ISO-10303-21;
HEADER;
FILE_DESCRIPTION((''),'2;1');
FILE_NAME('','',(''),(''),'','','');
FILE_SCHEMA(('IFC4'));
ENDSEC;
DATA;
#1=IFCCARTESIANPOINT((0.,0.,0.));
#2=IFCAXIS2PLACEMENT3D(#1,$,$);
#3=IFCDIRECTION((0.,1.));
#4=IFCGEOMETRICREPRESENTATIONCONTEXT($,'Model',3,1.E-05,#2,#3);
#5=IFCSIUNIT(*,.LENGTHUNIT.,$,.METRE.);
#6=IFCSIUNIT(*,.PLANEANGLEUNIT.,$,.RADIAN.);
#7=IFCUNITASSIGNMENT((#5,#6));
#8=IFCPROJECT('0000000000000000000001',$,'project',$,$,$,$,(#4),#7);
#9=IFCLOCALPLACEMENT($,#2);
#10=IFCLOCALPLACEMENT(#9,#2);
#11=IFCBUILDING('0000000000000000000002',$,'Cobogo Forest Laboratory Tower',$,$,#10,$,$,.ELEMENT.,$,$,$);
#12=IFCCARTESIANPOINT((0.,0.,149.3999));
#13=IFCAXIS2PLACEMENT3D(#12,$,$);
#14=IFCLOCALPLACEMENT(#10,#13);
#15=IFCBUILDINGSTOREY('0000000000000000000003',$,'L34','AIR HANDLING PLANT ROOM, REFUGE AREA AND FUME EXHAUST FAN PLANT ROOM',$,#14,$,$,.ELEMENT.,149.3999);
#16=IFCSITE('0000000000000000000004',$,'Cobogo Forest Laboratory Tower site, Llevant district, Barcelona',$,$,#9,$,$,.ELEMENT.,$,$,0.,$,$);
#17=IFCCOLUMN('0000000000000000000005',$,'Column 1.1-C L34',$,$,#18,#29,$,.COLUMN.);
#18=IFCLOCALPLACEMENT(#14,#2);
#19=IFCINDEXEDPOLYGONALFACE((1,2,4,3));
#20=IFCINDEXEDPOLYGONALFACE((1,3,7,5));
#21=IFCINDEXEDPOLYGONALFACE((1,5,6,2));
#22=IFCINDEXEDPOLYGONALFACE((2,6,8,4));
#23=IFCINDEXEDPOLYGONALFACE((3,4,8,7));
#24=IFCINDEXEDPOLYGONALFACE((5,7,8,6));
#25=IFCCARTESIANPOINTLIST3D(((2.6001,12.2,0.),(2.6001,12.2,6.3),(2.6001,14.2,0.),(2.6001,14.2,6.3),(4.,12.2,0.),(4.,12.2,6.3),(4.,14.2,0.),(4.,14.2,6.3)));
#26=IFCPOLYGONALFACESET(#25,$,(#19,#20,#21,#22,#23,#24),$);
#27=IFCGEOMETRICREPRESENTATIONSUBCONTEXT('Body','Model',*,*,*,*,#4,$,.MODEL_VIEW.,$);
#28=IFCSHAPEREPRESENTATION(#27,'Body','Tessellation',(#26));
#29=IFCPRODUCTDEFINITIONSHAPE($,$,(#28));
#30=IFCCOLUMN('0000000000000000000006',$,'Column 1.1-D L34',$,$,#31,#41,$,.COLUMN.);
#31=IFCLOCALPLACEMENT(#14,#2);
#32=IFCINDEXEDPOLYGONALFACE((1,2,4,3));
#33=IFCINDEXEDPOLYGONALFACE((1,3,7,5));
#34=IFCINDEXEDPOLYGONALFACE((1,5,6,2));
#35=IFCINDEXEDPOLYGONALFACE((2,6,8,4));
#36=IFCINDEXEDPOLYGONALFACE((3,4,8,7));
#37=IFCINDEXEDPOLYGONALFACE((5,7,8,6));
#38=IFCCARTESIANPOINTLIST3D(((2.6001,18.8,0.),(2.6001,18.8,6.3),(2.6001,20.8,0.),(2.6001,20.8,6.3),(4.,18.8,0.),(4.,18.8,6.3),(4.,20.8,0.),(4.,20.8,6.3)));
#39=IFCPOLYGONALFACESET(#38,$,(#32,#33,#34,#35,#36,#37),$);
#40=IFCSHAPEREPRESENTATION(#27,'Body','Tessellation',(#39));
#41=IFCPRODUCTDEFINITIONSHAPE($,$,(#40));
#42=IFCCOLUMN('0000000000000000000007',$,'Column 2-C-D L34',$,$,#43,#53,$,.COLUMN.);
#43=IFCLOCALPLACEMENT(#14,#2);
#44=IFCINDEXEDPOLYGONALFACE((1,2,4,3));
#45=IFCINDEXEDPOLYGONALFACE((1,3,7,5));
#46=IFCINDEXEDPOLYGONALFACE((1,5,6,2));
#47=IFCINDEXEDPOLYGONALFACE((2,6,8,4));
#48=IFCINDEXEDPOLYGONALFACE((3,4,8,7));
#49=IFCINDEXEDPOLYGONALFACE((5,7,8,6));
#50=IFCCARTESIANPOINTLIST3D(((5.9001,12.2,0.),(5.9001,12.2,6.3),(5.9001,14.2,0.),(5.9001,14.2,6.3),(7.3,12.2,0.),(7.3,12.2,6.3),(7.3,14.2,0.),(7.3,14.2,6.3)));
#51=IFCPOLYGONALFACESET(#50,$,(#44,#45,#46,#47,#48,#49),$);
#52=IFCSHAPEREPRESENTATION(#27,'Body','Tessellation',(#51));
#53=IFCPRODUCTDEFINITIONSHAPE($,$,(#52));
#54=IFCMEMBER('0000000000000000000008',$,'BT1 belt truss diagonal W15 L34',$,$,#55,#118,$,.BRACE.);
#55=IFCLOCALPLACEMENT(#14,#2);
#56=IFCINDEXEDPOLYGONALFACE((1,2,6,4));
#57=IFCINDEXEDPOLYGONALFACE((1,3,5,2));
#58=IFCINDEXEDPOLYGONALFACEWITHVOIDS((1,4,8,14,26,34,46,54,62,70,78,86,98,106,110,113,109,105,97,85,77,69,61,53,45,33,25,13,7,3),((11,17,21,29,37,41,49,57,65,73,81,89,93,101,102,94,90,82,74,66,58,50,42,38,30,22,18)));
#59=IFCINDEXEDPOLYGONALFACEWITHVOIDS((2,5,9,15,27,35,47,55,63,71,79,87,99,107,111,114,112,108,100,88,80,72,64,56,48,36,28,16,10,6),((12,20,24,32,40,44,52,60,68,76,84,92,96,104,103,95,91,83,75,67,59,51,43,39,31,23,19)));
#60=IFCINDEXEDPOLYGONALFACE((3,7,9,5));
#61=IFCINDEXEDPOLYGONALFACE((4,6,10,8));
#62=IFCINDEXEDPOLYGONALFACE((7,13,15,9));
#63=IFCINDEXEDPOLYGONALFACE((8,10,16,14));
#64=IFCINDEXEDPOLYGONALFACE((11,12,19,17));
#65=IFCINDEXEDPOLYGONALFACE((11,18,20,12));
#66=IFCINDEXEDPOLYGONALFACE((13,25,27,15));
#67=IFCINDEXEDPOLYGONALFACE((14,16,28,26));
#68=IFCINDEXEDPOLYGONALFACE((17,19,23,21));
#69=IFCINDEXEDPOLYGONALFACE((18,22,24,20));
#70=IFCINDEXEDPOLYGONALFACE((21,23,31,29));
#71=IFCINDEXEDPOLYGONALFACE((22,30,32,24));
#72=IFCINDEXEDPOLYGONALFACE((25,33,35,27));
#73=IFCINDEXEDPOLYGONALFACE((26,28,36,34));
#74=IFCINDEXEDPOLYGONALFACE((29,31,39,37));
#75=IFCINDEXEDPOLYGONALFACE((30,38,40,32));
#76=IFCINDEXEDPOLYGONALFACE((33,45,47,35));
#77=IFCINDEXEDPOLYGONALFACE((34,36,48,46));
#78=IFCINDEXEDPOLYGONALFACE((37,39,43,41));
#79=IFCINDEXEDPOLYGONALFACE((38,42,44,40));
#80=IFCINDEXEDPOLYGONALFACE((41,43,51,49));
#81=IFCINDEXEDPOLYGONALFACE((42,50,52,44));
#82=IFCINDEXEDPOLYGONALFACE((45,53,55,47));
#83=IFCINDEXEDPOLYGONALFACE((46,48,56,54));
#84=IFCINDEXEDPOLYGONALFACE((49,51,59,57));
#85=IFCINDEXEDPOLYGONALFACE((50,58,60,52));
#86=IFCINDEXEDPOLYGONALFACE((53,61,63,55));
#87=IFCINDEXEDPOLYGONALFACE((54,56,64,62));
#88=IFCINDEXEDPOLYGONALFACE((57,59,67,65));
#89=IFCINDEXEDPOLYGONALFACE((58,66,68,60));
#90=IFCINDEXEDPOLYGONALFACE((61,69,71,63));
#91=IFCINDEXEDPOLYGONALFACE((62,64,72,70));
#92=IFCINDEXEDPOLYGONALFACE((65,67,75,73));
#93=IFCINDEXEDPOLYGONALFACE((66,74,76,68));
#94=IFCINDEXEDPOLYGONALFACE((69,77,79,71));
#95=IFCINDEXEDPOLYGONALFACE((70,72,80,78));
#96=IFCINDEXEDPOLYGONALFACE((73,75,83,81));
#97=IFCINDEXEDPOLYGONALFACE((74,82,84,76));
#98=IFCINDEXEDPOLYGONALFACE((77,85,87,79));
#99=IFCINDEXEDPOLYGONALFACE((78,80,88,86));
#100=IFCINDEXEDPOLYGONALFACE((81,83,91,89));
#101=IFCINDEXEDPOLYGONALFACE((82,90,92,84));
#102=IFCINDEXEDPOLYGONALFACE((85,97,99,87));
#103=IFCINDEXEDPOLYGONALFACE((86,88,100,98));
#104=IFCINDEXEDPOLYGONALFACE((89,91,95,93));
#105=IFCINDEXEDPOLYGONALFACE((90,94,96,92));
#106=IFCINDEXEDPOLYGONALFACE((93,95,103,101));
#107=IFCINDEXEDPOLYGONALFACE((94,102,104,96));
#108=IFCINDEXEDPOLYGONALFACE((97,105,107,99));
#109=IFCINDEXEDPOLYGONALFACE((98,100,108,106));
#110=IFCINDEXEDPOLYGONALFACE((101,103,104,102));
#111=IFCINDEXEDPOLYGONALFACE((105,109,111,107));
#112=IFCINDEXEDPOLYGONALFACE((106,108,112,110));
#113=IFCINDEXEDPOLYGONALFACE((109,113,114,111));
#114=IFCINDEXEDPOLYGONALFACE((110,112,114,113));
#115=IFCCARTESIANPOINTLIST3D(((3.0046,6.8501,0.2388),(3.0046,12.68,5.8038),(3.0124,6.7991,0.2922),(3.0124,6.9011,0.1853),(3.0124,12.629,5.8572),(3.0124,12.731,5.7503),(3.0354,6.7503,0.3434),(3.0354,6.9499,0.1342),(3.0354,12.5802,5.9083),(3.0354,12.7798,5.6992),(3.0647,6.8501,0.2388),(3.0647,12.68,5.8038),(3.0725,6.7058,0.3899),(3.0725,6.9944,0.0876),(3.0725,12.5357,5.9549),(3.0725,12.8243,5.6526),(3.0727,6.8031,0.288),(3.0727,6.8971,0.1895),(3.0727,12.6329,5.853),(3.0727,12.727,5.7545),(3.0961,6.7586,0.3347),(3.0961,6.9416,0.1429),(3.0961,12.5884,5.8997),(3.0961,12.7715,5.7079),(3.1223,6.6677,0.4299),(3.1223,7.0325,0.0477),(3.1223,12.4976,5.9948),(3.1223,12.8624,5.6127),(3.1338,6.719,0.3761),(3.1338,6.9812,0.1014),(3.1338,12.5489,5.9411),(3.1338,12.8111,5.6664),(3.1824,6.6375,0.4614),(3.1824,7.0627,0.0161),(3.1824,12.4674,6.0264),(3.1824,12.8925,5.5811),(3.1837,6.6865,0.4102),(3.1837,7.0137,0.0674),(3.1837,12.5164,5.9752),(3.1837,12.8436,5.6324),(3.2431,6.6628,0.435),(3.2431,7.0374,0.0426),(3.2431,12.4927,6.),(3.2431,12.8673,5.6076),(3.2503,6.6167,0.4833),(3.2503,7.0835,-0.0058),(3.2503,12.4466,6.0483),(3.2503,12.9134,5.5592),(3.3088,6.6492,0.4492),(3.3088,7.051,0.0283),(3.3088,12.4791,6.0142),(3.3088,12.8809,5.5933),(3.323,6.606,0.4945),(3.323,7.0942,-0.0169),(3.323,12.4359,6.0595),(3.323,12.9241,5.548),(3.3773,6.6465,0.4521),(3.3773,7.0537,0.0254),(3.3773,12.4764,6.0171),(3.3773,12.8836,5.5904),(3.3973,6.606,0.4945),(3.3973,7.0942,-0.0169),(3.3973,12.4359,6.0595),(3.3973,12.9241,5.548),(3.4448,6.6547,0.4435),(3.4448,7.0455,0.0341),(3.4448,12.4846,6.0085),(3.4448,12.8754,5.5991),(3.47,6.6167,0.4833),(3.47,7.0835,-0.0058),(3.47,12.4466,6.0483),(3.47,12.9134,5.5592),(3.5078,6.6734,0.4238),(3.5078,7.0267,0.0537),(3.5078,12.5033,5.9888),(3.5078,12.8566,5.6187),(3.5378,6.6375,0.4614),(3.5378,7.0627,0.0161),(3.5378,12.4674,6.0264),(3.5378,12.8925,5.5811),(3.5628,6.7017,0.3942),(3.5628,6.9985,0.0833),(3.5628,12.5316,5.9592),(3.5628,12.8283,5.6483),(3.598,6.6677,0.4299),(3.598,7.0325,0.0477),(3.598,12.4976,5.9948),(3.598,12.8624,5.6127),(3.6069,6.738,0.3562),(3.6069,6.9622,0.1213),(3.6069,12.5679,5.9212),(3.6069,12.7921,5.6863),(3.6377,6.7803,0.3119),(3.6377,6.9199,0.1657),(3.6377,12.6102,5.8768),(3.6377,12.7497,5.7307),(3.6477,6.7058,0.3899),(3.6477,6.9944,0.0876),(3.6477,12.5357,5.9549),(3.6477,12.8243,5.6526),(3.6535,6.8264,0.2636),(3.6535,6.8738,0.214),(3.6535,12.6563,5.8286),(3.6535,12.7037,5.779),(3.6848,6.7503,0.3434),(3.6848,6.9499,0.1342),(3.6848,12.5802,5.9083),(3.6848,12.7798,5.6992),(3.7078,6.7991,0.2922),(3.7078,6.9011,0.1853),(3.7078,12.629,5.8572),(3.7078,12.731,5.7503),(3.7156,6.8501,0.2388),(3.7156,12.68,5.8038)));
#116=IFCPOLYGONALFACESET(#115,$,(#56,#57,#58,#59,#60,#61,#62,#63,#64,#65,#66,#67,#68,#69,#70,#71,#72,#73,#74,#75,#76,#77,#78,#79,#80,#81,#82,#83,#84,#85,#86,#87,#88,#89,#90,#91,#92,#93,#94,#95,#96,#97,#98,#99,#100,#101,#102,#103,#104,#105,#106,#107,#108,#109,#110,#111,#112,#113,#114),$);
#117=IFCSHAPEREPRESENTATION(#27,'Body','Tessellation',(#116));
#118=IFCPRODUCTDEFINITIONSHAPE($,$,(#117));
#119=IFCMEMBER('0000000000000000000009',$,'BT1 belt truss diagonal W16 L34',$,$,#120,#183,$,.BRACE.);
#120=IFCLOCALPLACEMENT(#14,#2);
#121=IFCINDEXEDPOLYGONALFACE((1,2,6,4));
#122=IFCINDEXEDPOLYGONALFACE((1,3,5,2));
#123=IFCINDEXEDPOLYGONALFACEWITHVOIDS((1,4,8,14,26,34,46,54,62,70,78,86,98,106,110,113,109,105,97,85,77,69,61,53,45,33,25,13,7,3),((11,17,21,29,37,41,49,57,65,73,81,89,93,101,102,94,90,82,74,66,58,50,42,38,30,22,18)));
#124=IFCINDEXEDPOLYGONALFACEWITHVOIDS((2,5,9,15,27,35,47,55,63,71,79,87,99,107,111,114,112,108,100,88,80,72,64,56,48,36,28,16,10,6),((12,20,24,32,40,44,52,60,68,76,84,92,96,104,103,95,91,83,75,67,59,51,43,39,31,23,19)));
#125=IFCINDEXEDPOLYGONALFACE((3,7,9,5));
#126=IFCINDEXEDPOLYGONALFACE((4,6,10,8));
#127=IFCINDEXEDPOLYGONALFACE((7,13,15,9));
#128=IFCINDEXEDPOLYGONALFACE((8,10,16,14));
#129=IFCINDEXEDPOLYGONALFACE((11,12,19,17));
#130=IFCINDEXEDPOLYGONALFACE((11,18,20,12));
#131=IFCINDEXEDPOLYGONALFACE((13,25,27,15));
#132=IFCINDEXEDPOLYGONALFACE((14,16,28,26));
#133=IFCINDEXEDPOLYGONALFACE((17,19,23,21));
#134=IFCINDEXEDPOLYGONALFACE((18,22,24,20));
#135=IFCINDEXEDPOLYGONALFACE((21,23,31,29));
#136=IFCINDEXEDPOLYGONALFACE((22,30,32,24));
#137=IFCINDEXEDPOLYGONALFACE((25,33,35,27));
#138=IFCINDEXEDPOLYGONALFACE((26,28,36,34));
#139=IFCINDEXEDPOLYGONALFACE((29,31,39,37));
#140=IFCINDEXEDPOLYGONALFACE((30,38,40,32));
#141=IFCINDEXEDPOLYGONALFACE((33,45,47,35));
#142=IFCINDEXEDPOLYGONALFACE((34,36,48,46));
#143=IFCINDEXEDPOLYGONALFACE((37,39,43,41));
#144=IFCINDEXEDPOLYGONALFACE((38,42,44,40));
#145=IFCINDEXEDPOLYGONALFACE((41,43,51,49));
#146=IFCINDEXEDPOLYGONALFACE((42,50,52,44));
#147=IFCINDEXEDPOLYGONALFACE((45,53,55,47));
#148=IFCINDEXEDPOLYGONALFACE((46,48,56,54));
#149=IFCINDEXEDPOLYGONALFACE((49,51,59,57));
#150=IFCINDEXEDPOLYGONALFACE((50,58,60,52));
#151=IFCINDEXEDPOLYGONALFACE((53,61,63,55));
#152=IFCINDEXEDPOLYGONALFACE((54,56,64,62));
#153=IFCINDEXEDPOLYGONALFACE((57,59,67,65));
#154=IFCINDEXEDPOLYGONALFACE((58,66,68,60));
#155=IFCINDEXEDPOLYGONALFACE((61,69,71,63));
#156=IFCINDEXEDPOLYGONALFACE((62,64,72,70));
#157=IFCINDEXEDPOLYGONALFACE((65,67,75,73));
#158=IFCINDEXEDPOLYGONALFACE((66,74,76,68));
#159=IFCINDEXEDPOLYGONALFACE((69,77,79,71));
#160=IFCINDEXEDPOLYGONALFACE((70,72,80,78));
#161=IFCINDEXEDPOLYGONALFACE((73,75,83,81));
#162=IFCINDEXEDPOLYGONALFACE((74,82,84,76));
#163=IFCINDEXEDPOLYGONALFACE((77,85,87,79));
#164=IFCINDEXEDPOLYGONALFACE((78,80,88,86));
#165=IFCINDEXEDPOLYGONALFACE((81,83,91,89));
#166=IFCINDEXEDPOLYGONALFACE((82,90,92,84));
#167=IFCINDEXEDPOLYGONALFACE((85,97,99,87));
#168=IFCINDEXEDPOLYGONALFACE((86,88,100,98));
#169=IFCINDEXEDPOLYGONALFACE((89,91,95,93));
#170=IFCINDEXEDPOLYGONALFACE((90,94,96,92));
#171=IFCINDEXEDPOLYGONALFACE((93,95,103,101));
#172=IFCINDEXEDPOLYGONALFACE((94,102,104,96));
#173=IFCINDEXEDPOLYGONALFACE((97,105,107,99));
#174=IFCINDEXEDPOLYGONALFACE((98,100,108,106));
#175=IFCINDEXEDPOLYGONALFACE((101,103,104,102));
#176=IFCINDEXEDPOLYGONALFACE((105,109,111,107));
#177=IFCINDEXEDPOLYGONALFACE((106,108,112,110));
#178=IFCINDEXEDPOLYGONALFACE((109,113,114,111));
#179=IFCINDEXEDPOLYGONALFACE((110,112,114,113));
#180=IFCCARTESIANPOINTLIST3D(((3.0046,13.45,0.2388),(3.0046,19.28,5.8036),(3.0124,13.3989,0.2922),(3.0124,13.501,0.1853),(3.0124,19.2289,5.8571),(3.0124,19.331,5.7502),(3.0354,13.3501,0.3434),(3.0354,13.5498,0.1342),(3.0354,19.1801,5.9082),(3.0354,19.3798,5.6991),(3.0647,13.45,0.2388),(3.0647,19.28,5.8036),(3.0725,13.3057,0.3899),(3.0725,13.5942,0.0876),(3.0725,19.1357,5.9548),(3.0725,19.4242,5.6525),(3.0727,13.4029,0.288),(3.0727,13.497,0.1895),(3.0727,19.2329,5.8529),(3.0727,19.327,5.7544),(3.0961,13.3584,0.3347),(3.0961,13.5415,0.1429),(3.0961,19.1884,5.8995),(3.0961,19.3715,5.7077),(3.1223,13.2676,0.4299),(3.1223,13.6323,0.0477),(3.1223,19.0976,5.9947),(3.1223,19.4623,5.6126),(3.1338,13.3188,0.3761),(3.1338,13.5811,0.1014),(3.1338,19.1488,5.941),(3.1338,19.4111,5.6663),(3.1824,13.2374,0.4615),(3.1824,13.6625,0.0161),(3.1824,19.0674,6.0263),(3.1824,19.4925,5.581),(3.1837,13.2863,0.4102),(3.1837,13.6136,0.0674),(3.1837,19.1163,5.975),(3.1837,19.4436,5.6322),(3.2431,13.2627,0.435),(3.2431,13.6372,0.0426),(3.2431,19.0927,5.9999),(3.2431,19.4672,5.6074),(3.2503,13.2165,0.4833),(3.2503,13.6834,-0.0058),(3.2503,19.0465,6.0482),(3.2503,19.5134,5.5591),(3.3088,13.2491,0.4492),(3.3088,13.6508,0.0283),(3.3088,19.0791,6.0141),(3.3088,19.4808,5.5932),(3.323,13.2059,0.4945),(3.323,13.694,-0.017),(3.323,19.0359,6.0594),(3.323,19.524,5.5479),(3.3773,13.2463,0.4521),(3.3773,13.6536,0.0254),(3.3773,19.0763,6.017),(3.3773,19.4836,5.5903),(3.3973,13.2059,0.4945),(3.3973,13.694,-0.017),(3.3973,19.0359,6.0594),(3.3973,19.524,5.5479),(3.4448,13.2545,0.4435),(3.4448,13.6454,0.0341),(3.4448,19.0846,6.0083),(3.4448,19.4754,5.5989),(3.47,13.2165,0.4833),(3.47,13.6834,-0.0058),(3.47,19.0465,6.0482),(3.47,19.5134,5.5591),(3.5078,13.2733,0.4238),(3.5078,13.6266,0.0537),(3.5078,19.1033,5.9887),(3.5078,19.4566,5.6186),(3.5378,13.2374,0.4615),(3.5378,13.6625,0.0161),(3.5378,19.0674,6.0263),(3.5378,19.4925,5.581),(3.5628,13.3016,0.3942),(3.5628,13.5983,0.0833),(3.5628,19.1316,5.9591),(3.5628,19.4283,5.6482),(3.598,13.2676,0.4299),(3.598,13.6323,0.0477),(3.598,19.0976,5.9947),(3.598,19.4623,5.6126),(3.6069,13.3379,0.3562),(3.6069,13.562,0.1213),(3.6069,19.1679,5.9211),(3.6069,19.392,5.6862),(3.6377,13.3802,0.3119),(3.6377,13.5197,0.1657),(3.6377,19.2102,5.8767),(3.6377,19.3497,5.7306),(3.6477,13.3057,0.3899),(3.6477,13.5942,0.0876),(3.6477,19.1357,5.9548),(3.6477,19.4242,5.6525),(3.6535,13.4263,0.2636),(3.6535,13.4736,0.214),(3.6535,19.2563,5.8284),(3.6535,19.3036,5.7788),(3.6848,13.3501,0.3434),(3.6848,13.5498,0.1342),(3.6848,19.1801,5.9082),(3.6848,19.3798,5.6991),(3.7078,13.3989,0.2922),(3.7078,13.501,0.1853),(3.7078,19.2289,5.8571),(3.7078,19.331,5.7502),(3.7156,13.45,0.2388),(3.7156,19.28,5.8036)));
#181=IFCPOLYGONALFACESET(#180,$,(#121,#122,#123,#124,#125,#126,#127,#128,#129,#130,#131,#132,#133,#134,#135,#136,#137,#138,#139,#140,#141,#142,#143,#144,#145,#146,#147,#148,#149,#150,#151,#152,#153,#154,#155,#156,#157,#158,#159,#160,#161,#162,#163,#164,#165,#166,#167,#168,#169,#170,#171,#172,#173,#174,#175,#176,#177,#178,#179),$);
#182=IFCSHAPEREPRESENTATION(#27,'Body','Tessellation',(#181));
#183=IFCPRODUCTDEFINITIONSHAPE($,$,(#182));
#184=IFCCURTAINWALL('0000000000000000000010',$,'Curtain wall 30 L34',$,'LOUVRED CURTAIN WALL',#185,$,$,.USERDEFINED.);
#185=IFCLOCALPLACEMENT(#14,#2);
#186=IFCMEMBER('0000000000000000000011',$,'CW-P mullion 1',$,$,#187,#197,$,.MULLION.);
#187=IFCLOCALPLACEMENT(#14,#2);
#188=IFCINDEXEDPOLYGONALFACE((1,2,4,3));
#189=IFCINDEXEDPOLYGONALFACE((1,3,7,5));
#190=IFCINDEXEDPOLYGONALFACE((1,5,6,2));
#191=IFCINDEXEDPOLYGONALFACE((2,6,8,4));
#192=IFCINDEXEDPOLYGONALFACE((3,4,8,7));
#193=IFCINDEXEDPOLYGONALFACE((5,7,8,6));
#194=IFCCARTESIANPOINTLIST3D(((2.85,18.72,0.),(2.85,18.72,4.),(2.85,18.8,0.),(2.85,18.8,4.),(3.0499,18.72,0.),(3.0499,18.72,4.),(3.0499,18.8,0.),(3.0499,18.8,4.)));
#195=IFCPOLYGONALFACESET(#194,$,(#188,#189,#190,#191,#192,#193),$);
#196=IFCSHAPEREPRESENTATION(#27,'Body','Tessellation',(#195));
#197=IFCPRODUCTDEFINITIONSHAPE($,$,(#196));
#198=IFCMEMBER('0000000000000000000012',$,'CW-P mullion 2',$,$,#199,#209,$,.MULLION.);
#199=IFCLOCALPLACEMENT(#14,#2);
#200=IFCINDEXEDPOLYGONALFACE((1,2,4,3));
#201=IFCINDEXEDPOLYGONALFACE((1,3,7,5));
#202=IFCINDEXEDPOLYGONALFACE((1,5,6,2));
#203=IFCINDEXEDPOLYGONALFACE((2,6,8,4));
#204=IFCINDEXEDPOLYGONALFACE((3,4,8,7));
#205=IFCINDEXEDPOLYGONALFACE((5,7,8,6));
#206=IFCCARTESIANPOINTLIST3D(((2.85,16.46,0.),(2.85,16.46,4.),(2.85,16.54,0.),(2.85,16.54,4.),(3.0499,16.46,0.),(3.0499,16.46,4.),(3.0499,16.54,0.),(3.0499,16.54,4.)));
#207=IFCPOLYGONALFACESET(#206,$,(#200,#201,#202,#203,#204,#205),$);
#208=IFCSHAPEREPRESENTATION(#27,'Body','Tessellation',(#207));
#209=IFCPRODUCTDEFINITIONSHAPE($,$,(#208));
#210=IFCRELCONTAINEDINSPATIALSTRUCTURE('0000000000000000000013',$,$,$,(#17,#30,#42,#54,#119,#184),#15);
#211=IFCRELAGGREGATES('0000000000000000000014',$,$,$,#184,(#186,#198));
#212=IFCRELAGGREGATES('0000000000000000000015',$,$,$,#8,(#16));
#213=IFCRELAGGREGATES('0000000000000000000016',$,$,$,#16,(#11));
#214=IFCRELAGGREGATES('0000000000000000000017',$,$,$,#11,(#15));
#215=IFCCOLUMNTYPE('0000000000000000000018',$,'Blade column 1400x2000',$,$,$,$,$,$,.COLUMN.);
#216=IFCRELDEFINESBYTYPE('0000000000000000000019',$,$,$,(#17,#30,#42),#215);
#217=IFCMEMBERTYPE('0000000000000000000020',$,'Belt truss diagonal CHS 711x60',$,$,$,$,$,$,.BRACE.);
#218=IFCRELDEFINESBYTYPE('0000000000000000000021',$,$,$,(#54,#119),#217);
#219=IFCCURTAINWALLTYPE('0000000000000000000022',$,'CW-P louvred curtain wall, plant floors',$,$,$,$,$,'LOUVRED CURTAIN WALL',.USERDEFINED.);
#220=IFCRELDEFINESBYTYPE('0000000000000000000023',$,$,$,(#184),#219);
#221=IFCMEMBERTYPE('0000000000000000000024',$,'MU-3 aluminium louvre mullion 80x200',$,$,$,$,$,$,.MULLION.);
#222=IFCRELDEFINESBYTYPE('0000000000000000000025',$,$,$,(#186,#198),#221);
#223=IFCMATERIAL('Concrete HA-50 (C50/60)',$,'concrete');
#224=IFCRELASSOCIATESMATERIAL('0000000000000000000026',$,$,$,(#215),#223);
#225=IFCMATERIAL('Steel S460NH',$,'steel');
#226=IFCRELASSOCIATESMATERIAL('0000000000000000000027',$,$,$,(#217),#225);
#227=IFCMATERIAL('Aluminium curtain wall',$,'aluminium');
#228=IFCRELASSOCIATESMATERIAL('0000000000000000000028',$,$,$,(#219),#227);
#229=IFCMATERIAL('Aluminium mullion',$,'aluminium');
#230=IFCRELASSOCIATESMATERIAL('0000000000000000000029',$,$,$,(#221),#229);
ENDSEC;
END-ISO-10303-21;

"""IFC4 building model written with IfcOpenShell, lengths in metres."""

from ifc_helpers import new_model, si_unit, direction, frame, origin, origin_2d, place, context, subcontext, project, spatial, rectangle, hollow_circle, extrude, material, material_profile, profile_set, type_object, element, aggregate, save


model = new_model("IFC4")

# Units and contexts
model_context = context("Model", 3, precision=1e-05, world=origin(), true_north=direction((0.0, 1.0)))
body_context = subcontext(model_context, "Body", "Model", "MODEL_VIEW")
ifc_project = project(units=[si_unit("LENGTHUNIT", "METRE"), si_unit("PLANEANGLEUNIT", "RADIAN")], contexts=[model_context])

# Site, building, storey
site_placement = place(None, origin())
site = spatial("IfcSite", under=ifc_project, at=site_placement, Name="Cobogo Forest Laboratory Tower site, Llevant district, Barcelona", CompositionType="ELEMENT", RefElevation=0.0)
building_placement = place(site_placement, origin())
building = spatial("IfcBuilding", under=site, at=building_placement, Name="Cobogo Forest Laboratory Tower", CompositionType="ELEMENT")
storey_placement = place(building_placement, frame((0.0, 0.0, 149.3999)))
storey = spatial("IfcBuildingStorey", under=building, at=storey_placement, Name="L34", Description="AIR HANDLING PLANT ROOM, REFUGE AREA AND FUME EXHAUST FAN PLANT ROOM", CompositionType="ELEMENT", Elevation=149.3999)

# Columns
ifc_material_1 = material(Name="Concrete HA-50 (C50/60)", Category="concrete")
ifc_material_profile_1 = material_profile(ifc_material_1, rectangle(XDim=2.0, YDim=1.3999, at=origin_2d()), Name="RC 1400x2000")
ifc_profile_set_1 = profile_set([ifc_material_profile_1], Name="Concrete HA-50 (C50/60)")
column_type = type_object("IfcColumnType", Name="Blade column 1400x2000", PredefinedType="COLUMN", material=ifc_profile_set_1)
for number, where, z_axis, x_axis, name in (
    (1, (3.3, 13.2, 0.0), (0.0, 0.0, 1.0), (0.0, 1.0, 0.0), "Column 1.1-C L34"),
    (2, (3.3, 19.8, 0.0), (0.0, 0.0, 1.0), (0.0, 1.0, 0.0), "Column 1.1-D L34"),
    (3, (6.6001, 13.2, 0.0), (0.0, 0.0, 1.0), (0.0, 1.0, 0.0), "Column 2-C-D L34"),
):
    element("IfcColumn", number, at=place(storey_placement, frame(where, z_axis=z_axis, x_axis=x_axis)), inside=storey, type_object=column_type, Name=name, PredefinedType="COLUMN", context=body_context, shape_type="SweptSolid", body=[
        extrude(rectangle(XDim=2.0, YDim=1.3999, at=origin_2d()), origin(), (0.0, 0.0, 1.0), 6.3),
    ])

# Members
ifc_material_2 = material(Name="Steel S460NH", Category="steel")
ifc_material_profile_2 = material_profile(ifc_material_2, hollow_circle(Radius=0.3555, WallThickness=0.0601, at=origin_2d()), Name="CHS 711x60")
ifc_profile_set_2 = profile_set([ifc_material_profile_2], Name="Steel S460NH")
member_type_1 = type_object("IfcMemberType", Name="Belt truss diagonal CHS 711x60", PredefinedType="BRACE", material=ifc_profile_set_2)
for number, where, z_axis, x_axis, name in (
    (4, (3.3601, 6.8501, 0.2388), (0.0, 0.723349, 0.690482), (-1.0, 0.0, 0.0), "BT1 belt truss diagonal W15 L34"),
    (5, (3.3601, 13.45, 0.2388), (0.0, 0.723364, 0.690467), (-1.0, 0.0, 0.0), "BT1 belt truss diagonal W16 L34"),
):
    element("IfcMember", number, at=place(storey_placement, frame(where, z_axis=z_axis, x_axis=x_axis)), inside=storey, type_object=member_type_1, Name=name, PredefinedType="BRACE", context=body_context, shape_type="SweptSolid", body=[
        extrude(hollow_circle(Radius=0.3555, WallThickness=0.0601, at=origin_2d()), origin(), (0.0, 0.0, 1.0), 8.0596),
    ])

# Curtain wall, members
ifc_material_3 = material(Name="Aluminium curtain wall", Category="aluminium")
curtain_wall_type = type_object("IfcCurtainWallType", Name="CW-P louvred curtain wall, plant floors", ElementType="LOUVRED CURTAIN WALL", PredefinedType="USERDEFINED", material=ifc_material_3)
curtain_wall_1_placement = place(storey_placement, origin())
curtain_wall_1 = element("IfcCurtainWall", 6, at=curtain_wall_1_placement, inside=storey, type_object=curtain_wall_type, Name="Curtain wall 30 L34", ObjectType="LOUVRED CURTAIN WALL", PredefinedType="USERDEFINED")
ifc_material_4 = material(Name="Aluminium mullion", Category="aluminium")
ifc_material_profile_3 = material_profile(ifc_material_4, rectangle(XDim=0.0801, YDim=0.2, at=origin_2d()), Name="AL 80x200")
ifc_profile_set_3 = profile_set([ifc_material_profile_3], Name="Aluminium mullion")
member_type_2 = type_object("IfcMemberType", Name="MU-3 aluminium louvre mullion 80x200", PredefinedType="MULLION", material=ifc_profile_set_3)
member_1_placement = place(storey_placement, frame((2.95, 18.76, 0.0), z_axis=(0.0, 0.0, 1.0), x_axis=(0.0, -1.0, 0.0)))
member_1 = element("IfcMember", 7, at=member_1_placement, type_object=member_type_2, Name="CW-P mullion 1", PredefinedType="MULLION", context=body_context, shape_type="SweptSolid", body=[
    extrude(rectangle(XDim=0.0801, YDim=0.2, at=origin_2d()), origin(), (0.0, 0.0, 1.0), 4.0),
])
member_2_placement = place(storey_placement, frame((2.95, 16.5, 0.0), z_axis=(0.0, 0.0, 1.0), x_axis=(0.0, -1.0, 0.0)))
member_2 = element("IfcMember", 8, at=member_2_placement, type_object=member_type_2, Name="CW-P mullion 2", PredefinedType="MULLION", context=body_context, shape_type="SweptSolid", body=[
    extrude(rectangle(XDim=0.0801, YDim=0.2, at=origin_2d()), origin(), (0.0, 0.0, 1.0), 4.0),
])

aggregate(curtain_wall_1, [member_1, member_2])

save(model, "model.ifc")
